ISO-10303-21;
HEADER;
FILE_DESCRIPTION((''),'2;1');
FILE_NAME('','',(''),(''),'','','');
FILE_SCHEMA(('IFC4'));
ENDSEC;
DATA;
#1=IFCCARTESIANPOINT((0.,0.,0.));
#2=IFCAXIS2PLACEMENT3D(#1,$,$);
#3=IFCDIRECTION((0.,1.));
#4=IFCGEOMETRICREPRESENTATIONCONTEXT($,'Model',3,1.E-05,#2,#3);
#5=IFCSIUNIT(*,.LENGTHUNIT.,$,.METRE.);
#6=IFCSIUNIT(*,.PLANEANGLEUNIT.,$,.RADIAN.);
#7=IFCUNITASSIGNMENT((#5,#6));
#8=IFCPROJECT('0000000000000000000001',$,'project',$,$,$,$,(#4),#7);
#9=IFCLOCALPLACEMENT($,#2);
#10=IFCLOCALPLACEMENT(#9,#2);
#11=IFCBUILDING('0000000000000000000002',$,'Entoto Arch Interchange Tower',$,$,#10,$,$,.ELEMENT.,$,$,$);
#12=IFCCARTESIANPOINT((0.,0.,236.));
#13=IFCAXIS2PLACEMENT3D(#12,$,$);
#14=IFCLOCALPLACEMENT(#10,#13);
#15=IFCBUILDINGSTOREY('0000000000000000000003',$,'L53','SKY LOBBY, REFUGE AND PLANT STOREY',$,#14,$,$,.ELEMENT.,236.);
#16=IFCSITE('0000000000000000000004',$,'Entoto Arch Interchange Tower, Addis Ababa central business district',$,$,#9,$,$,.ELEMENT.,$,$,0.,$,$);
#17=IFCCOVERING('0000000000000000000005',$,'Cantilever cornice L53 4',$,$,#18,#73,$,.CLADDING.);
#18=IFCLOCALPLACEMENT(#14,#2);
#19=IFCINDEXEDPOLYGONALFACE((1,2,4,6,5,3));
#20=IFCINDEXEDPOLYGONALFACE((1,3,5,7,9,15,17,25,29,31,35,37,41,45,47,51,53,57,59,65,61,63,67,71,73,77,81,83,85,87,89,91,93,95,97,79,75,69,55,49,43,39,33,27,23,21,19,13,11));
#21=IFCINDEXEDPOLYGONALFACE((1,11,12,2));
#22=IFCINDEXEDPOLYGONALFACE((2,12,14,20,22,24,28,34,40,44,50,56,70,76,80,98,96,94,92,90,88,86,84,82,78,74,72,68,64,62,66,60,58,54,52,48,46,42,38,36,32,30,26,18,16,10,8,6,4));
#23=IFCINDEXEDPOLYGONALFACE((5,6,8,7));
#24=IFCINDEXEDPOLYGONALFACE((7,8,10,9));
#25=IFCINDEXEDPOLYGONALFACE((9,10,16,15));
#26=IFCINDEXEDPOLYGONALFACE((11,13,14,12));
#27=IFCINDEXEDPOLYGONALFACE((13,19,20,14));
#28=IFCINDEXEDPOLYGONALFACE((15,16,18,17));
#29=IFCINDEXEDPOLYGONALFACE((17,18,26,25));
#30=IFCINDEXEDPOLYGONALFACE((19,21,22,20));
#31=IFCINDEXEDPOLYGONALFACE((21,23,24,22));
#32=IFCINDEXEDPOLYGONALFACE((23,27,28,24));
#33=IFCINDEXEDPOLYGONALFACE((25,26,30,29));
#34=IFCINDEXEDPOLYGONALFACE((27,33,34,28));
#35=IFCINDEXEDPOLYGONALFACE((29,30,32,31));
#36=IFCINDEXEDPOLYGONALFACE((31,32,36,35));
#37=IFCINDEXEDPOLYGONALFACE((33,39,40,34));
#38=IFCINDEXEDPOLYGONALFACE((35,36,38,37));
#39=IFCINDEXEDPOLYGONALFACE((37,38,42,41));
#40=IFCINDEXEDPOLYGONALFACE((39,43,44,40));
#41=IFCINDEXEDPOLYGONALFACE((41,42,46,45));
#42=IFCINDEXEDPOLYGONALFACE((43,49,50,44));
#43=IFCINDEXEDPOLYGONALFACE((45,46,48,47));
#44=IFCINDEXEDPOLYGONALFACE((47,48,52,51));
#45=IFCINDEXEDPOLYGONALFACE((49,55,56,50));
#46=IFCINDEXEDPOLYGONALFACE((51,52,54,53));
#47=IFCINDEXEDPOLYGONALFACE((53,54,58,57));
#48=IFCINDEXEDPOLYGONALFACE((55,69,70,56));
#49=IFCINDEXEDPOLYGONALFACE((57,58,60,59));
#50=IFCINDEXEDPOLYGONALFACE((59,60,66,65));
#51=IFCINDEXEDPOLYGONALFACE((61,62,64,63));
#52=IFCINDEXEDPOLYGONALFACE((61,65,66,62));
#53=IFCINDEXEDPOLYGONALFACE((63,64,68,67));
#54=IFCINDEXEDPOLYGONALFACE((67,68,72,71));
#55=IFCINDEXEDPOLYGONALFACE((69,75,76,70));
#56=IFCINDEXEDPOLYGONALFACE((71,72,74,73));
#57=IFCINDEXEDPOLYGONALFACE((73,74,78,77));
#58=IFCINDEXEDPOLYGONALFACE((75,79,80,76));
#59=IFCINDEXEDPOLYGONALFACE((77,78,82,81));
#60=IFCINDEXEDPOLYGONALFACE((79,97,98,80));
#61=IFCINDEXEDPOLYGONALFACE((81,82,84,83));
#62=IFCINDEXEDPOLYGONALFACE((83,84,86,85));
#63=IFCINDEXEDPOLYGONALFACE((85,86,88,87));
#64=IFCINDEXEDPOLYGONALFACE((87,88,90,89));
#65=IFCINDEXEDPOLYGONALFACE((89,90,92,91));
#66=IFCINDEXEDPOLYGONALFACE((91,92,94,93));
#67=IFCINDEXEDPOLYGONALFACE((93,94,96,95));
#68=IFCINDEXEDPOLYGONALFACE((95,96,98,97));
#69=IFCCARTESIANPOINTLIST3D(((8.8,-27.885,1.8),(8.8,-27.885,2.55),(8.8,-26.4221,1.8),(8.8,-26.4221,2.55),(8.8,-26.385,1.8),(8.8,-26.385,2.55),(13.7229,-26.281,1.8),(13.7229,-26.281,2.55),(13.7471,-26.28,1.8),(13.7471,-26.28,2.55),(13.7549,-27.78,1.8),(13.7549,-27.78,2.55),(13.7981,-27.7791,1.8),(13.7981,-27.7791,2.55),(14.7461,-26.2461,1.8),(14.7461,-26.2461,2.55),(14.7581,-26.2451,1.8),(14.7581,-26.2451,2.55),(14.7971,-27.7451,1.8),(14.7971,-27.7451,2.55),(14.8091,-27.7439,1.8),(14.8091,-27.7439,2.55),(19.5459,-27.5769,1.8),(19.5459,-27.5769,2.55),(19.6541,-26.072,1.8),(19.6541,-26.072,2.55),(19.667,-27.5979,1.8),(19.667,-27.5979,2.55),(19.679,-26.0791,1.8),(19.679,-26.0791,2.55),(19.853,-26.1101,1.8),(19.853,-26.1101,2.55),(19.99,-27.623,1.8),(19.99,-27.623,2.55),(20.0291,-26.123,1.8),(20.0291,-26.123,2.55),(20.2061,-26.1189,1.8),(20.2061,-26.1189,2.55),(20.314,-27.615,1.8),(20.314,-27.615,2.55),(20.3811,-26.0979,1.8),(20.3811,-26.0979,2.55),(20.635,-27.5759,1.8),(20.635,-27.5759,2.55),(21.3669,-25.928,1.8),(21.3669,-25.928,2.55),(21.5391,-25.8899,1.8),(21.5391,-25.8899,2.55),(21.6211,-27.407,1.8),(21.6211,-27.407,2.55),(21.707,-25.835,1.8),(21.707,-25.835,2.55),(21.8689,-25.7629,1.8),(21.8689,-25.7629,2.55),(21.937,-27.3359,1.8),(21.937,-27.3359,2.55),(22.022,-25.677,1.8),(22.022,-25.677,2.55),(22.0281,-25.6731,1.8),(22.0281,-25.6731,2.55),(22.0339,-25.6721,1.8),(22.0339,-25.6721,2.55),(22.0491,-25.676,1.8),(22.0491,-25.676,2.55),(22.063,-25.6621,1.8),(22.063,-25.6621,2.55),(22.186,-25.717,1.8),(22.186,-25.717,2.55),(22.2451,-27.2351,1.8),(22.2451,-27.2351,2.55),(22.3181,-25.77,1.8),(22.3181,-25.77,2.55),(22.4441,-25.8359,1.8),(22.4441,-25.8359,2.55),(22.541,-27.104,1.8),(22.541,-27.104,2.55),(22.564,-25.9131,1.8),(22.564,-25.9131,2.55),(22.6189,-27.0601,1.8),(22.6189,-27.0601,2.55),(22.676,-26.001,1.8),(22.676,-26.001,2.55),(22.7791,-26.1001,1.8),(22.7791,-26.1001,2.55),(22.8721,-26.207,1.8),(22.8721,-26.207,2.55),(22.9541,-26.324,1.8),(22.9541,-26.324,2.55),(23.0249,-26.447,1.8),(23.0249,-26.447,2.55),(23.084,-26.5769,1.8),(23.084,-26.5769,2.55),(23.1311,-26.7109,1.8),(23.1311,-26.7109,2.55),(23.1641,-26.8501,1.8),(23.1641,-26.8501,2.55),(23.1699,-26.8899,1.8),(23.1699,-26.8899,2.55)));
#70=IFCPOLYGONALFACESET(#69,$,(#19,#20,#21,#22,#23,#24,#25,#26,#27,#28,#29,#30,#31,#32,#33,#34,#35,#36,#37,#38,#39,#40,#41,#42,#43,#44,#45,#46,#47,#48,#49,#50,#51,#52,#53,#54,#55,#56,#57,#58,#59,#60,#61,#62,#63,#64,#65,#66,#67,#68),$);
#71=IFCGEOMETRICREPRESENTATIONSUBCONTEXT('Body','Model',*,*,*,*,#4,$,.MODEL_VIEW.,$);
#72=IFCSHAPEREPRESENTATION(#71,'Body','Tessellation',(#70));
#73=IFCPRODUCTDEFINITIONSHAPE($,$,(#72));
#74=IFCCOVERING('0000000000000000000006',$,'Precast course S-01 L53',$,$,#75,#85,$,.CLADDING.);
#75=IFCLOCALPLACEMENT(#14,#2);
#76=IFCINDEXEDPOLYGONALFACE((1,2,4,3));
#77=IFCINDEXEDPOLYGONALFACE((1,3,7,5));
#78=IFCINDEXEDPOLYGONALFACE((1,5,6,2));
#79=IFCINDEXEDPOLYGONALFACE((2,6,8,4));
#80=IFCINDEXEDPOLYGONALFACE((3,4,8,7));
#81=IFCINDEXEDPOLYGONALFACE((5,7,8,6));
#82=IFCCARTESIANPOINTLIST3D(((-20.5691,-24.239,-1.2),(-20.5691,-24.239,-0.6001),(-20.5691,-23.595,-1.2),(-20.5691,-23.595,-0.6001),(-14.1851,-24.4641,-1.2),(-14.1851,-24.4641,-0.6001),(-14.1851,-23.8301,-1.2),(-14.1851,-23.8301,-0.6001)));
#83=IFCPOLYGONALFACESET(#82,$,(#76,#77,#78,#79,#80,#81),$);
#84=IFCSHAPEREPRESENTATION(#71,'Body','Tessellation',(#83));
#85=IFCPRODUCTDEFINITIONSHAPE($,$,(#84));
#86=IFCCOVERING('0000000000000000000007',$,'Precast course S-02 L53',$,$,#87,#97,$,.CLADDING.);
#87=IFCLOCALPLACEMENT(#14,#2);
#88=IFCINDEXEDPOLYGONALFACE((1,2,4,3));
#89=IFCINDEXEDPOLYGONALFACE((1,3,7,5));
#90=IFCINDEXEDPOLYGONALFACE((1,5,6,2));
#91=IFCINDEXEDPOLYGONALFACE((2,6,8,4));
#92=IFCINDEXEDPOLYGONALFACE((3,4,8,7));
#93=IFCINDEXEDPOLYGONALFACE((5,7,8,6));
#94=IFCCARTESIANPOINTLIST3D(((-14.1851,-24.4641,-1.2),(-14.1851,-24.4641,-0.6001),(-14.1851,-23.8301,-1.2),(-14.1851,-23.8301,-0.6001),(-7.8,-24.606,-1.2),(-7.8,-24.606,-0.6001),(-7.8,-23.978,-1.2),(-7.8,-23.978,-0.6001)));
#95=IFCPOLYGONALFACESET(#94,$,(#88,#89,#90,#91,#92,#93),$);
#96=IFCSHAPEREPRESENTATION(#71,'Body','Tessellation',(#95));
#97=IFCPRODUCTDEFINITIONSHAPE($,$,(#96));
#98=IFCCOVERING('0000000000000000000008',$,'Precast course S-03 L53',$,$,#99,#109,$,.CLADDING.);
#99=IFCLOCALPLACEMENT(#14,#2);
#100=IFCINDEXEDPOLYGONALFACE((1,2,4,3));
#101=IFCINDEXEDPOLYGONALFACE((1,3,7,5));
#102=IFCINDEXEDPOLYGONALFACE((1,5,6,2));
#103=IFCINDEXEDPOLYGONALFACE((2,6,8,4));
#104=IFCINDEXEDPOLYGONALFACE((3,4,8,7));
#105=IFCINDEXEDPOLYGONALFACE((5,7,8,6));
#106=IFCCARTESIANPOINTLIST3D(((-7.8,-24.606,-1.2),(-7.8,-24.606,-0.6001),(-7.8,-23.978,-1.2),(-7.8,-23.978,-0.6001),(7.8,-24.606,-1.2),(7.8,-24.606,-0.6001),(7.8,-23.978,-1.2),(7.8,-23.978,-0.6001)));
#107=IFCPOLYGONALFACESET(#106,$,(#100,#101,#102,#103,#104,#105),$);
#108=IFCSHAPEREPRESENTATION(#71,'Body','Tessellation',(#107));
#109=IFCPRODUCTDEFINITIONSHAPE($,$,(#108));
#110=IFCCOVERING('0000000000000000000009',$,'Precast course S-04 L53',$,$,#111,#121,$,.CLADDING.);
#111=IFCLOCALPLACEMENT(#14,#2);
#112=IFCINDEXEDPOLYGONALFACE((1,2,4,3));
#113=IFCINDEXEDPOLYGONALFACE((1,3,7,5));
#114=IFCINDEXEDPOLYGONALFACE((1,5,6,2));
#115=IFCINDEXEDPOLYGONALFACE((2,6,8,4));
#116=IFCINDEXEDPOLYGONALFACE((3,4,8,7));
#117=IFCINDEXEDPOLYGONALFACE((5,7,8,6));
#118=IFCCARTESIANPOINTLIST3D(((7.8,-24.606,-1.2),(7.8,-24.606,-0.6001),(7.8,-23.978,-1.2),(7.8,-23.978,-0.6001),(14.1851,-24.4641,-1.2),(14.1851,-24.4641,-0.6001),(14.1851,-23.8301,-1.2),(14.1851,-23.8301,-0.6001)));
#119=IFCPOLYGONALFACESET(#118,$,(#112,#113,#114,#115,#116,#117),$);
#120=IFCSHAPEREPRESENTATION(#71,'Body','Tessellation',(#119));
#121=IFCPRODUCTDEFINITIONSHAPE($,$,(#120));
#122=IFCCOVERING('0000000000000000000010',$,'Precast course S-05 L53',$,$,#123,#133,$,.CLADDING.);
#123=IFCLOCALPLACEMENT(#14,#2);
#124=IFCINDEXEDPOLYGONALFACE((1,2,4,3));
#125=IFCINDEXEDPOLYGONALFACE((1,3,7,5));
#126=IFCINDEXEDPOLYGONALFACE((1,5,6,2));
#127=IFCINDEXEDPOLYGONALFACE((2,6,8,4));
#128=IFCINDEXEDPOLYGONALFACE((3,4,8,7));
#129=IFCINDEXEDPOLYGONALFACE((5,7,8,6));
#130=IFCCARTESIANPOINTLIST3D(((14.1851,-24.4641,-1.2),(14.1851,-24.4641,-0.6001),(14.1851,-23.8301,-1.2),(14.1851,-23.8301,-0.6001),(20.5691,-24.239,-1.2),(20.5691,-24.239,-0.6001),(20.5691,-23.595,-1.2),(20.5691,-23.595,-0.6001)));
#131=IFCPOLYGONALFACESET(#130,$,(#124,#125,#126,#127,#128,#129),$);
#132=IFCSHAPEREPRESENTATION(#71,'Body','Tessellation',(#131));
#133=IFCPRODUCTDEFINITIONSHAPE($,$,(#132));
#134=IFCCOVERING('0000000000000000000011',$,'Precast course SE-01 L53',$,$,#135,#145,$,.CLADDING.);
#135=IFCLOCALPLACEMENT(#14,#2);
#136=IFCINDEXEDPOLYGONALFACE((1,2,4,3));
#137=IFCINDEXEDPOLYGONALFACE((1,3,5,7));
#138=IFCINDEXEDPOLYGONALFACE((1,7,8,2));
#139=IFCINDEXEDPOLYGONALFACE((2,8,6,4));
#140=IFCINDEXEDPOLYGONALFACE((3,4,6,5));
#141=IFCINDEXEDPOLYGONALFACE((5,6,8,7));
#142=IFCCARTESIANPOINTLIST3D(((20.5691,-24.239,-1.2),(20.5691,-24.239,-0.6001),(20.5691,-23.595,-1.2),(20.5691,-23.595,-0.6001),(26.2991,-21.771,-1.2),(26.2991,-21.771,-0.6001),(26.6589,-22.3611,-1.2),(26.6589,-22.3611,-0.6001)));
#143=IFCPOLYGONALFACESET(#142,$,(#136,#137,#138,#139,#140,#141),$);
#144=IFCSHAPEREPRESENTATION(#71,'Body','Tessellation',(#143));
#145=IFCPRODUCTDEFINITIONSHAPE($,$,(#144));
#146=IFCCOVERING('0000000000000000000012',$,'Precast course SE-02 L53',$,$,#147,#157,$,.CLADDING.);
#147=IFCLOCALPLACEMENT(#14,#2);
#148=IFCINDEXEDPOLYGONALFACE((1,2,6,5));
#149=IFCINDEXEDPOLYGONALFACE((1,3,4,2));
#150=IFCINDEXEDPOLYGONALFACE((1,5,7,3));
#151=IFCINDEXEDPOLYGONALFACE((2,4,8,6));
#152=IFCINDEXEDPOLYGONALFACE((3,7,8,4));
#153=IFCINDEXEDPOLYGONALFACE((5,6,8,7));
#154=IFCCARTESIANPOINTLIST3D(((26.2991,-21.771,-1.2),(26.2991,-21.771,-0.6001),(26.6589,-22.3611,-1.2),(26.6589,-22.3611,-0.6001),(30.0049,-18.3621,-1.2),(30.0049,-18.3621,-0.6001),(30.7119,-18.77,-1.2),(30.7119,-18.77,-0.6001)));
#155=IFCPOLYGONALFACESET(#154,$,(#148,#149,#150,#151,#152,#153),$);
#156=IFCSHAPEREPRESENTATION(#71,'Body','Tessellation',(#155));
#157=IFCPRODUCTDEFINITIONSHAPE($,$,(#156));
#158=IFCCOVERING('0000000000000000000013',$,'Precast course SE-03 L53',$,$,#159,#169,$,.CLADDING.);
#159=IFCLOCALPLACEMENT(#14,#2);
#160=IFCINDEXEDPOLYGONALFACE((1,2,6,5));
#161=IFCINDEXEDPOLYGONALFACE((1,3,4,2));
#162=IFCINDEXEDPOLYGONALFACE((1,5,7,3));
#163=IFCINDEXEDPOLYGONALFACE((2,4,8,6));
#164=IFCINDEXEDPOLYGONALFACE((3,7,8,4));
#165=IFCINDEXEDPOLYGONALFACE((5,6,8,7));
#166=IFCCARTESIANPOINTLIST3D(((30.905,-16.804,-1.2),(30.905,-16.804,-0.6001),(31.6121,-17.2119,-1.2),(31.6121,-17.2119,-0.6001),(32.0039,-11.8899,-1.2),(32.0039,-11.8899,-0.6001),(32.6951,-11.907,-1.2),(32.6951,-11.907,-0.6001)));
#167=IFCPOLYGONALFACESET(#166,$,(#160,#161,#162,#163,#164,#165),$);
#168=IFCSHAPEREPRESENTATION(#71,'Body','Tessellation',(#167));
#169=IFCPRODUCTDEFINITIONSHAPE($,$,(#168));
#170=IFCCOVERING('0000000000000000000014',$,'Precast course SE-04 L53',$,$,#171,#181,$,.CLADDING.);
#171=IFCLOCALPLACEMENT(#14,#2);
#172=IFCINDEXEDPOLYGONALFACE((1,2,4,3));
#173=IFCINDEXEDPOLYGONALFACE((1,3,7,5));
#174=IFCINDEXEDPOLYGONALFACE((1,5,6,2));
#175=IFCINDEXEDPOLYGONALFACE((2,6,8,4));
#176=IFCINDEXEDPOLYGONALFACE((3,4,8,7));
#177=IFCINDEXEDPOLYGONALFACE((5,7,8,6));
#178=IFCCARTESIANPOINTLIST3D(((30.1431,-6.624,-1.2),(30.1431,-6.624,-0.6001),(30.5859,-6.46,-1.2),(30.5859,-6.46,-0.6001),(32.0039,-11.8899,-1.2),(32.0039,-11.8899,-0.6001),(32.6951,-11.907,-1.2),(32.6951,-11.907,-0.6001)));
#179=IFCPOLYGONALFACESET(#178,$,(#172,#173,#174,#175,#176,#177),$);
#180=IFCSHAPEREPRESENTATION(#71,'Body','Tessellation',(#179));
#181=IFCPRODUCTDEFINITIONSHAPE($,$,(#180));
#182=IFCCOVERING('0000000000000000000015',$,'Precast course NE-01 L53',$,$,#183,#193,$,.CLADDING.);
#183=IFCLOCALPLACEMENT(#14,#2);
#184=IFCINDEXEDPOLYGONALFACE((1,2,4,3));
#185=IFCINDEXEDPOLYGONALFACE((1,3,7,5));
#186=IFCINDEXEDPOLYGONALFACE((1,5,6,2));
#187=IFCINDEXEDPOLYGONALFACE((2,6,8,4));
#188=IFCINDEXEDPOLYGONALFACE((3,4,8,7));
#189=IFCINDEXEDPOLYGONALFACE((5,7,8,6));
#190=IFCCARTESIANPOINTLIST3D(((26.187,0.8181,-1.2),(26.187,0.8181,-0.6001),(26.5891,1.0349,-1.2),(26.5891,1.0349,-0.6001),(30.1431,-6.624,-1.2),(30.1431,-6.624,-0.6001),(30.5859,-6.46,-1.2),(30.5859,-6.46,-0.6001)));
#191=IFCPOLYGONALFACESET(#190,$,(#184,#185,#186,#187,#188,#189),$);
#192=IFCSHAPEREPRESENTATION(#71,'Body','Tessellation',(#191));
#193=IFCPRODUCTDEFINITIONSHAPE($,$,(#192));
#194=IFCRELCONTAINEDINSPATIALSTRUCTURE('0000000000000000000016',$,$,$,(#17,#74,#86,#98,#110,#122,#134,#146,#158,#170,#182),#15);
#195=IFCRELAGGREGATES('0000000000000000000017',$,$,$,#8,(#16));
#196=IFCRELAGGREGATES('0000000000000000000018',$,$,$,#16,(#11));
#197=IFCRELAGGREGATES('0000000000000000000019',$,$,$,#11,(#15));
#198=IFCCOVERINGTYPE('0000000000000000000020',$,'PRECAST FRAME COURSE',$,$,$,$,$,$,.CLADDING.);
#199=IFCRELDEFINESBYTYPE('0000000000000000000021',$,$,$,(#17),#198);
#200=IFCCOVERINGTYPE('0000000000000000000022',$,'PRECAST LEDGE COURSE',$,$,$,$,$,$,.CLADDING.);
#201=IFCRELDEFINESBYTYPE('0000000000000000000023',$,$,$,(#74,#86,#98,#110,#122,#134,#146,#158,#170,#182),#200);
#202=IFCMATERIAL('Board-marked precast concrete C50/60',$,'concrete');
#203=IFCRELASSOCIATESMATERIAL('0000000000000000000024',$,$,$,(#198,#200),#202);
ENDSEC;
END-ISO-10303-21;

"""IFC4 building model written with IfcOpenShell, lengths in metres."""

from ifc_helpers import new_model, si_unit, direction, frame, origin, place, context, subcontext, project, spatial, polyline, outline, extrude, material, type_object, element, save


model = new_model("IFC4")

# Units and contexts
model_context = context("Model", 3, precision=1e-05, world=origin(), true_north=direction((0.0, 1.0)))
body_context = subcontext(model_context, "Body", "Model", "MODEL_VIEW")
ifc_project = project(units=[si_unit("LENGTHUNIT", "METRE"), si_unit("PLANEANGLEUNIT", "RADIAN")], contexts=[model_context])

# Site, building, storey
site_placement = place(None, origin())
site = spatial("IfcSite", under=ifc_project, at=site_placement, Name="Entoto Arch Interchange Tower, Addis Ababa central business district", CompositionType="ELEMENT", RefElevation=0.0)
building_placement = place(site_placement, origin())
building = spatial("IfcBuilding", under=site, at=building_placement, Name="Entoto Arch Interchange Tower", CompositionType="ELEMENT")
storey_placement = place(building_placement, frame((0.0, 0.0, 236.0)))
storey = spatial("IfcBuildingStorey", under=building, at=storey_placement, Name="L53", Description="SKY LOBBY, REFUGE AND PLANT STOREY", CompositionType="ELEMENT", Elevation=236.0)

# Coverings
ifc_material = material(Name="Board-marked precast concrete C50/60", Category="concrete")
covering_type_1 = type_object("IfcCoveringType", Name="PRECAST FRAME COURSE", PredefinedType="CLADDING", material=ifc_material)
covering_1_placement = place(storey_placement, frame((0.0, 0.0, 1.8)))
element("IfcCovering", 1, at=covering_1_placement, inside=storey, type_object=covering_type_1, Name="Cantilever cornice L53 4", PredefinedType="CLADDING", context=body_context, shape_type="SweptSolid", body=[
    extrude(outline(polyline([(22.3181, -25.77), (22.4441, -25.8359), (22.564, -25.9131), (22.676, -26.001), (22.7791, -26.1001), (22.8721, -26.207), (22.9541, -26.324), (23.0249, -26.447), (23.084, -26.5769), (23.1311, -26.7109), (23.1641, -26.8501), (23.1699, -26.8899), (22.6189, -27.0601), (22.541, -27.104), (22.2451, -27.2351), (21.937, -27.3359), (21.6211, -27.407), (20.635, -27.5759), (20.314, -27.615), (19.99, -27.623), (19.667, -27.5979), (19.5459, -27.5769), (14.8091, -27.7439), (14.7971, -27.7451), (13.7981, -27.7791), (13.7549, -27.78), (8.8, -27.885), (8.8, -26.4221), (8.8, -26.385), (13.7229, -26.281), (13.7471, -26.28), (14.7461, -26.2461), (14.7581, -26.2451), (19.6541, -26.072), (19.679, -26.0791), (19.853, -26.1101), (20.0291, -26.123), (20.2061, -26.1189), (20.3811, -26.0979), (21.3669, -25.928), (21.5391, -25.8899), (21.707, -25.835), (21.8689, -25.7629), (22.022, -25.677), (22.0281, -25.6731), (22.063, -25.6621), (22.0339, -25.6721), (22.0491, -25.676), (22.186, -25.717), (22.3181, -25.77)])), origin(), (0.0, 0.0, 1.0), 0.75),
])
covering_type_2 = type_object("IfcCoveringType", Name="PRECAST LEDGE COURSE", PredefinedType="CLADDING", material=ifc_material)
covering_2_placement = place(storey_placement, frame((0.0, 0.0, -1.2)))
element("IfcCovering", 2, at=covering_2_placement, inside=storey, type_object=covering_type_2, Name="Precast course S-01 L53", PredefinedType="CLADDING", context=body_context, shape_type="SweptSolid", body=[
    extrude(outline(polyline([(-14.1851, -23.8301), (-14.1851, -24.4641), (-20.5691, -24.239), (-20.5691, -23.595), (-14.1851, -23.8301)])), origin(), (0.0, 0.0, 1.0), 0.5999),
])
covering_3_placement = place(storey_placement, frame((0.0, 0.0, -1.2)))
element("IfcCovering", 3, at=covering_3_placement, inside=storey, type_object=covering_type_2, Name="Precast course S-02 L53", PredefinedType="CLADDING", context=body_context, shape_type="SweptSolid", body=[
    extrude(outline(polyline([(-7.8, -23.978), (-7.8, -24.606), (-14.1851, -24.4641), (-14.1851, -23.8301), (-7.8, -23.978)])), origin(), (0.0, 0.0, 1.0), 0.5999),
])
covering_4_placement = place(storey_placement, frame((0.0, 0.0, -1.2)))
element("IfcCovering", 4, at=covering_4_placement, inside=storey, type_object=covering_type_2, Name="Precast course S-03 L53", PredefinedType="CLADDING", context=body_context, shape_type="SweptSolid", body=[
    extrude(outline(polyline([(7.8, -23.978), (7.8, -24.606), (-7.8, -24.606), (-7.8, -23.978), (7.8, -23.978)])), origin(), (0.0, 0.0, 1.0), 0.5999),
])
covering_5_placement = place(storey_placement, frame((0.0, 0.0, -1.2)))
element("IfcCovering", 5, at=covering_5_placement, inside=storey, type_object=covering_type_2, Name="Precast course S-04 L53", PredefinedType="CLADDING", context=body_context, shape_type="SweptSolid", body=[
    extrude(outline(polyline([(14.1851, -23.8301), (14.1851, -24.4641), (7.8, -24.606), (7.8, -23.978), (14.1851, -23.8301)])), origin(), (0.0, 0.0, 1.0), 0.5999),
])
covering_6_placement = place(storey_placement, frame((0.0, 0.0, -1.2)))
element("IfcCovering", 6, at=covering_6_placement, inside=storey, type_object=covering_type_2, Name="Precast course S-05 L53", PredefinedType="CLADDING", context=body_context, shape_type="SweptSolid", body=[
    extrude(outline(polyline([(20.5691, -23.595), (20.5691, -24.239), (14.1851, -24.4641), (14.1851, -23.8301), (20.5691, -23.595)])), origin(), (0.0, 0.0, 1.0), 0.5999),
])
covering_7_placement = place(storey_placement, frame((0.0, 0.0, -1.2)))
element("IfcCovering", 7, at=covering_7_placement, inside=storey, type_object=covering_type_2, Name="Precast course SE-01 L53", PredefinedType="CLADDING", context=body_context, shape_type="SweptSolid", body=[
    extrude(outline(polyline([(26.2991, -21.771), (26.6589, -22.3611), (20.5691, -24.239), (20.5691, -23.595), (26.2991, -21.771)])), origin(), (0.0, 0.0, 1.0), 0.5999),
])
covering_8_placement = place(storey_placement, frame((0.0, 0.0, -1.2)))
element("IfcCovering", 8, at=covering_8_placement, inside=storey, type_object=covering_type_2, Name="Precast course SE-02 L53", PredefinedType="CLADDING", context=body_context, shape_type="SweptSolid", body=[
    extrude(outline(polyline([(30.0049, -18.3621), (30.7119, -18.77), (26.6589, -22.3611), (26.2991, -21.771), (30.0049, -18.3621)])), origin(), (0.0, 0.0, 1.0), 0.5999),
])
covering_9_placement = place(storey_placement, frame((0.0, 0.0, -1.2)))
element("IfcCovering", 9, at=covering_9_placement, inside=storey, type_object=covering_type_2, Name="Precast course SE-03 L53", PredefinedType="CLADDING", context=body_context, shape_type="SweptSolid", body=[
    extrude(outline(polyline([(32.0039, -11.8899), (32.6951, -11.907), (31.6121, -17.2119), (30.905, -16.804), (32.0039, -11.8899)])), origin(), (0.0, 0.0, 1.0), 0.5999),
])
covering_10_placement = place(storey_placement, frame((0.0, 0.0, -1.2)))
element("IfcCovering", 10, at=covering_10_placement, inside=storey, type_object=covering_type_2, Name="Precast course SE-04 L53", PredefinedType="CLADDING", context=body_context, shape_type="SweptSolid", body=[
    extrude(outline(polyline([(30.1431, -6.624), (30.5859, -6.46), (32.6951, -11.907), (32.0039, -11.8899), (30.1431, -6.624)])), origin(), (0.0, 0.0, 1.0), 0.5999),
])
covering_11_placement = place(storey_placement, frame((0.0, 0.0, -1.2)))
element("IfcCovering", 11, at=covering_11_placement, inside=storey, type_object=covering_type_2, Name="Precast course NE-01 L53", PredefinedType="CLADDING", context=body_context, shape_type="SweptSolid", body=[
    extrude(outline(polyline([(26.187, 0.8181), (26.5891, 1.0349), (30.5859, -6.46), (30.1431, -6.624), (26.187, 0.8181)])), origin(), (0.0, 0.0, 1.0), 0.5999),
])

save(model, "model.ifc")
